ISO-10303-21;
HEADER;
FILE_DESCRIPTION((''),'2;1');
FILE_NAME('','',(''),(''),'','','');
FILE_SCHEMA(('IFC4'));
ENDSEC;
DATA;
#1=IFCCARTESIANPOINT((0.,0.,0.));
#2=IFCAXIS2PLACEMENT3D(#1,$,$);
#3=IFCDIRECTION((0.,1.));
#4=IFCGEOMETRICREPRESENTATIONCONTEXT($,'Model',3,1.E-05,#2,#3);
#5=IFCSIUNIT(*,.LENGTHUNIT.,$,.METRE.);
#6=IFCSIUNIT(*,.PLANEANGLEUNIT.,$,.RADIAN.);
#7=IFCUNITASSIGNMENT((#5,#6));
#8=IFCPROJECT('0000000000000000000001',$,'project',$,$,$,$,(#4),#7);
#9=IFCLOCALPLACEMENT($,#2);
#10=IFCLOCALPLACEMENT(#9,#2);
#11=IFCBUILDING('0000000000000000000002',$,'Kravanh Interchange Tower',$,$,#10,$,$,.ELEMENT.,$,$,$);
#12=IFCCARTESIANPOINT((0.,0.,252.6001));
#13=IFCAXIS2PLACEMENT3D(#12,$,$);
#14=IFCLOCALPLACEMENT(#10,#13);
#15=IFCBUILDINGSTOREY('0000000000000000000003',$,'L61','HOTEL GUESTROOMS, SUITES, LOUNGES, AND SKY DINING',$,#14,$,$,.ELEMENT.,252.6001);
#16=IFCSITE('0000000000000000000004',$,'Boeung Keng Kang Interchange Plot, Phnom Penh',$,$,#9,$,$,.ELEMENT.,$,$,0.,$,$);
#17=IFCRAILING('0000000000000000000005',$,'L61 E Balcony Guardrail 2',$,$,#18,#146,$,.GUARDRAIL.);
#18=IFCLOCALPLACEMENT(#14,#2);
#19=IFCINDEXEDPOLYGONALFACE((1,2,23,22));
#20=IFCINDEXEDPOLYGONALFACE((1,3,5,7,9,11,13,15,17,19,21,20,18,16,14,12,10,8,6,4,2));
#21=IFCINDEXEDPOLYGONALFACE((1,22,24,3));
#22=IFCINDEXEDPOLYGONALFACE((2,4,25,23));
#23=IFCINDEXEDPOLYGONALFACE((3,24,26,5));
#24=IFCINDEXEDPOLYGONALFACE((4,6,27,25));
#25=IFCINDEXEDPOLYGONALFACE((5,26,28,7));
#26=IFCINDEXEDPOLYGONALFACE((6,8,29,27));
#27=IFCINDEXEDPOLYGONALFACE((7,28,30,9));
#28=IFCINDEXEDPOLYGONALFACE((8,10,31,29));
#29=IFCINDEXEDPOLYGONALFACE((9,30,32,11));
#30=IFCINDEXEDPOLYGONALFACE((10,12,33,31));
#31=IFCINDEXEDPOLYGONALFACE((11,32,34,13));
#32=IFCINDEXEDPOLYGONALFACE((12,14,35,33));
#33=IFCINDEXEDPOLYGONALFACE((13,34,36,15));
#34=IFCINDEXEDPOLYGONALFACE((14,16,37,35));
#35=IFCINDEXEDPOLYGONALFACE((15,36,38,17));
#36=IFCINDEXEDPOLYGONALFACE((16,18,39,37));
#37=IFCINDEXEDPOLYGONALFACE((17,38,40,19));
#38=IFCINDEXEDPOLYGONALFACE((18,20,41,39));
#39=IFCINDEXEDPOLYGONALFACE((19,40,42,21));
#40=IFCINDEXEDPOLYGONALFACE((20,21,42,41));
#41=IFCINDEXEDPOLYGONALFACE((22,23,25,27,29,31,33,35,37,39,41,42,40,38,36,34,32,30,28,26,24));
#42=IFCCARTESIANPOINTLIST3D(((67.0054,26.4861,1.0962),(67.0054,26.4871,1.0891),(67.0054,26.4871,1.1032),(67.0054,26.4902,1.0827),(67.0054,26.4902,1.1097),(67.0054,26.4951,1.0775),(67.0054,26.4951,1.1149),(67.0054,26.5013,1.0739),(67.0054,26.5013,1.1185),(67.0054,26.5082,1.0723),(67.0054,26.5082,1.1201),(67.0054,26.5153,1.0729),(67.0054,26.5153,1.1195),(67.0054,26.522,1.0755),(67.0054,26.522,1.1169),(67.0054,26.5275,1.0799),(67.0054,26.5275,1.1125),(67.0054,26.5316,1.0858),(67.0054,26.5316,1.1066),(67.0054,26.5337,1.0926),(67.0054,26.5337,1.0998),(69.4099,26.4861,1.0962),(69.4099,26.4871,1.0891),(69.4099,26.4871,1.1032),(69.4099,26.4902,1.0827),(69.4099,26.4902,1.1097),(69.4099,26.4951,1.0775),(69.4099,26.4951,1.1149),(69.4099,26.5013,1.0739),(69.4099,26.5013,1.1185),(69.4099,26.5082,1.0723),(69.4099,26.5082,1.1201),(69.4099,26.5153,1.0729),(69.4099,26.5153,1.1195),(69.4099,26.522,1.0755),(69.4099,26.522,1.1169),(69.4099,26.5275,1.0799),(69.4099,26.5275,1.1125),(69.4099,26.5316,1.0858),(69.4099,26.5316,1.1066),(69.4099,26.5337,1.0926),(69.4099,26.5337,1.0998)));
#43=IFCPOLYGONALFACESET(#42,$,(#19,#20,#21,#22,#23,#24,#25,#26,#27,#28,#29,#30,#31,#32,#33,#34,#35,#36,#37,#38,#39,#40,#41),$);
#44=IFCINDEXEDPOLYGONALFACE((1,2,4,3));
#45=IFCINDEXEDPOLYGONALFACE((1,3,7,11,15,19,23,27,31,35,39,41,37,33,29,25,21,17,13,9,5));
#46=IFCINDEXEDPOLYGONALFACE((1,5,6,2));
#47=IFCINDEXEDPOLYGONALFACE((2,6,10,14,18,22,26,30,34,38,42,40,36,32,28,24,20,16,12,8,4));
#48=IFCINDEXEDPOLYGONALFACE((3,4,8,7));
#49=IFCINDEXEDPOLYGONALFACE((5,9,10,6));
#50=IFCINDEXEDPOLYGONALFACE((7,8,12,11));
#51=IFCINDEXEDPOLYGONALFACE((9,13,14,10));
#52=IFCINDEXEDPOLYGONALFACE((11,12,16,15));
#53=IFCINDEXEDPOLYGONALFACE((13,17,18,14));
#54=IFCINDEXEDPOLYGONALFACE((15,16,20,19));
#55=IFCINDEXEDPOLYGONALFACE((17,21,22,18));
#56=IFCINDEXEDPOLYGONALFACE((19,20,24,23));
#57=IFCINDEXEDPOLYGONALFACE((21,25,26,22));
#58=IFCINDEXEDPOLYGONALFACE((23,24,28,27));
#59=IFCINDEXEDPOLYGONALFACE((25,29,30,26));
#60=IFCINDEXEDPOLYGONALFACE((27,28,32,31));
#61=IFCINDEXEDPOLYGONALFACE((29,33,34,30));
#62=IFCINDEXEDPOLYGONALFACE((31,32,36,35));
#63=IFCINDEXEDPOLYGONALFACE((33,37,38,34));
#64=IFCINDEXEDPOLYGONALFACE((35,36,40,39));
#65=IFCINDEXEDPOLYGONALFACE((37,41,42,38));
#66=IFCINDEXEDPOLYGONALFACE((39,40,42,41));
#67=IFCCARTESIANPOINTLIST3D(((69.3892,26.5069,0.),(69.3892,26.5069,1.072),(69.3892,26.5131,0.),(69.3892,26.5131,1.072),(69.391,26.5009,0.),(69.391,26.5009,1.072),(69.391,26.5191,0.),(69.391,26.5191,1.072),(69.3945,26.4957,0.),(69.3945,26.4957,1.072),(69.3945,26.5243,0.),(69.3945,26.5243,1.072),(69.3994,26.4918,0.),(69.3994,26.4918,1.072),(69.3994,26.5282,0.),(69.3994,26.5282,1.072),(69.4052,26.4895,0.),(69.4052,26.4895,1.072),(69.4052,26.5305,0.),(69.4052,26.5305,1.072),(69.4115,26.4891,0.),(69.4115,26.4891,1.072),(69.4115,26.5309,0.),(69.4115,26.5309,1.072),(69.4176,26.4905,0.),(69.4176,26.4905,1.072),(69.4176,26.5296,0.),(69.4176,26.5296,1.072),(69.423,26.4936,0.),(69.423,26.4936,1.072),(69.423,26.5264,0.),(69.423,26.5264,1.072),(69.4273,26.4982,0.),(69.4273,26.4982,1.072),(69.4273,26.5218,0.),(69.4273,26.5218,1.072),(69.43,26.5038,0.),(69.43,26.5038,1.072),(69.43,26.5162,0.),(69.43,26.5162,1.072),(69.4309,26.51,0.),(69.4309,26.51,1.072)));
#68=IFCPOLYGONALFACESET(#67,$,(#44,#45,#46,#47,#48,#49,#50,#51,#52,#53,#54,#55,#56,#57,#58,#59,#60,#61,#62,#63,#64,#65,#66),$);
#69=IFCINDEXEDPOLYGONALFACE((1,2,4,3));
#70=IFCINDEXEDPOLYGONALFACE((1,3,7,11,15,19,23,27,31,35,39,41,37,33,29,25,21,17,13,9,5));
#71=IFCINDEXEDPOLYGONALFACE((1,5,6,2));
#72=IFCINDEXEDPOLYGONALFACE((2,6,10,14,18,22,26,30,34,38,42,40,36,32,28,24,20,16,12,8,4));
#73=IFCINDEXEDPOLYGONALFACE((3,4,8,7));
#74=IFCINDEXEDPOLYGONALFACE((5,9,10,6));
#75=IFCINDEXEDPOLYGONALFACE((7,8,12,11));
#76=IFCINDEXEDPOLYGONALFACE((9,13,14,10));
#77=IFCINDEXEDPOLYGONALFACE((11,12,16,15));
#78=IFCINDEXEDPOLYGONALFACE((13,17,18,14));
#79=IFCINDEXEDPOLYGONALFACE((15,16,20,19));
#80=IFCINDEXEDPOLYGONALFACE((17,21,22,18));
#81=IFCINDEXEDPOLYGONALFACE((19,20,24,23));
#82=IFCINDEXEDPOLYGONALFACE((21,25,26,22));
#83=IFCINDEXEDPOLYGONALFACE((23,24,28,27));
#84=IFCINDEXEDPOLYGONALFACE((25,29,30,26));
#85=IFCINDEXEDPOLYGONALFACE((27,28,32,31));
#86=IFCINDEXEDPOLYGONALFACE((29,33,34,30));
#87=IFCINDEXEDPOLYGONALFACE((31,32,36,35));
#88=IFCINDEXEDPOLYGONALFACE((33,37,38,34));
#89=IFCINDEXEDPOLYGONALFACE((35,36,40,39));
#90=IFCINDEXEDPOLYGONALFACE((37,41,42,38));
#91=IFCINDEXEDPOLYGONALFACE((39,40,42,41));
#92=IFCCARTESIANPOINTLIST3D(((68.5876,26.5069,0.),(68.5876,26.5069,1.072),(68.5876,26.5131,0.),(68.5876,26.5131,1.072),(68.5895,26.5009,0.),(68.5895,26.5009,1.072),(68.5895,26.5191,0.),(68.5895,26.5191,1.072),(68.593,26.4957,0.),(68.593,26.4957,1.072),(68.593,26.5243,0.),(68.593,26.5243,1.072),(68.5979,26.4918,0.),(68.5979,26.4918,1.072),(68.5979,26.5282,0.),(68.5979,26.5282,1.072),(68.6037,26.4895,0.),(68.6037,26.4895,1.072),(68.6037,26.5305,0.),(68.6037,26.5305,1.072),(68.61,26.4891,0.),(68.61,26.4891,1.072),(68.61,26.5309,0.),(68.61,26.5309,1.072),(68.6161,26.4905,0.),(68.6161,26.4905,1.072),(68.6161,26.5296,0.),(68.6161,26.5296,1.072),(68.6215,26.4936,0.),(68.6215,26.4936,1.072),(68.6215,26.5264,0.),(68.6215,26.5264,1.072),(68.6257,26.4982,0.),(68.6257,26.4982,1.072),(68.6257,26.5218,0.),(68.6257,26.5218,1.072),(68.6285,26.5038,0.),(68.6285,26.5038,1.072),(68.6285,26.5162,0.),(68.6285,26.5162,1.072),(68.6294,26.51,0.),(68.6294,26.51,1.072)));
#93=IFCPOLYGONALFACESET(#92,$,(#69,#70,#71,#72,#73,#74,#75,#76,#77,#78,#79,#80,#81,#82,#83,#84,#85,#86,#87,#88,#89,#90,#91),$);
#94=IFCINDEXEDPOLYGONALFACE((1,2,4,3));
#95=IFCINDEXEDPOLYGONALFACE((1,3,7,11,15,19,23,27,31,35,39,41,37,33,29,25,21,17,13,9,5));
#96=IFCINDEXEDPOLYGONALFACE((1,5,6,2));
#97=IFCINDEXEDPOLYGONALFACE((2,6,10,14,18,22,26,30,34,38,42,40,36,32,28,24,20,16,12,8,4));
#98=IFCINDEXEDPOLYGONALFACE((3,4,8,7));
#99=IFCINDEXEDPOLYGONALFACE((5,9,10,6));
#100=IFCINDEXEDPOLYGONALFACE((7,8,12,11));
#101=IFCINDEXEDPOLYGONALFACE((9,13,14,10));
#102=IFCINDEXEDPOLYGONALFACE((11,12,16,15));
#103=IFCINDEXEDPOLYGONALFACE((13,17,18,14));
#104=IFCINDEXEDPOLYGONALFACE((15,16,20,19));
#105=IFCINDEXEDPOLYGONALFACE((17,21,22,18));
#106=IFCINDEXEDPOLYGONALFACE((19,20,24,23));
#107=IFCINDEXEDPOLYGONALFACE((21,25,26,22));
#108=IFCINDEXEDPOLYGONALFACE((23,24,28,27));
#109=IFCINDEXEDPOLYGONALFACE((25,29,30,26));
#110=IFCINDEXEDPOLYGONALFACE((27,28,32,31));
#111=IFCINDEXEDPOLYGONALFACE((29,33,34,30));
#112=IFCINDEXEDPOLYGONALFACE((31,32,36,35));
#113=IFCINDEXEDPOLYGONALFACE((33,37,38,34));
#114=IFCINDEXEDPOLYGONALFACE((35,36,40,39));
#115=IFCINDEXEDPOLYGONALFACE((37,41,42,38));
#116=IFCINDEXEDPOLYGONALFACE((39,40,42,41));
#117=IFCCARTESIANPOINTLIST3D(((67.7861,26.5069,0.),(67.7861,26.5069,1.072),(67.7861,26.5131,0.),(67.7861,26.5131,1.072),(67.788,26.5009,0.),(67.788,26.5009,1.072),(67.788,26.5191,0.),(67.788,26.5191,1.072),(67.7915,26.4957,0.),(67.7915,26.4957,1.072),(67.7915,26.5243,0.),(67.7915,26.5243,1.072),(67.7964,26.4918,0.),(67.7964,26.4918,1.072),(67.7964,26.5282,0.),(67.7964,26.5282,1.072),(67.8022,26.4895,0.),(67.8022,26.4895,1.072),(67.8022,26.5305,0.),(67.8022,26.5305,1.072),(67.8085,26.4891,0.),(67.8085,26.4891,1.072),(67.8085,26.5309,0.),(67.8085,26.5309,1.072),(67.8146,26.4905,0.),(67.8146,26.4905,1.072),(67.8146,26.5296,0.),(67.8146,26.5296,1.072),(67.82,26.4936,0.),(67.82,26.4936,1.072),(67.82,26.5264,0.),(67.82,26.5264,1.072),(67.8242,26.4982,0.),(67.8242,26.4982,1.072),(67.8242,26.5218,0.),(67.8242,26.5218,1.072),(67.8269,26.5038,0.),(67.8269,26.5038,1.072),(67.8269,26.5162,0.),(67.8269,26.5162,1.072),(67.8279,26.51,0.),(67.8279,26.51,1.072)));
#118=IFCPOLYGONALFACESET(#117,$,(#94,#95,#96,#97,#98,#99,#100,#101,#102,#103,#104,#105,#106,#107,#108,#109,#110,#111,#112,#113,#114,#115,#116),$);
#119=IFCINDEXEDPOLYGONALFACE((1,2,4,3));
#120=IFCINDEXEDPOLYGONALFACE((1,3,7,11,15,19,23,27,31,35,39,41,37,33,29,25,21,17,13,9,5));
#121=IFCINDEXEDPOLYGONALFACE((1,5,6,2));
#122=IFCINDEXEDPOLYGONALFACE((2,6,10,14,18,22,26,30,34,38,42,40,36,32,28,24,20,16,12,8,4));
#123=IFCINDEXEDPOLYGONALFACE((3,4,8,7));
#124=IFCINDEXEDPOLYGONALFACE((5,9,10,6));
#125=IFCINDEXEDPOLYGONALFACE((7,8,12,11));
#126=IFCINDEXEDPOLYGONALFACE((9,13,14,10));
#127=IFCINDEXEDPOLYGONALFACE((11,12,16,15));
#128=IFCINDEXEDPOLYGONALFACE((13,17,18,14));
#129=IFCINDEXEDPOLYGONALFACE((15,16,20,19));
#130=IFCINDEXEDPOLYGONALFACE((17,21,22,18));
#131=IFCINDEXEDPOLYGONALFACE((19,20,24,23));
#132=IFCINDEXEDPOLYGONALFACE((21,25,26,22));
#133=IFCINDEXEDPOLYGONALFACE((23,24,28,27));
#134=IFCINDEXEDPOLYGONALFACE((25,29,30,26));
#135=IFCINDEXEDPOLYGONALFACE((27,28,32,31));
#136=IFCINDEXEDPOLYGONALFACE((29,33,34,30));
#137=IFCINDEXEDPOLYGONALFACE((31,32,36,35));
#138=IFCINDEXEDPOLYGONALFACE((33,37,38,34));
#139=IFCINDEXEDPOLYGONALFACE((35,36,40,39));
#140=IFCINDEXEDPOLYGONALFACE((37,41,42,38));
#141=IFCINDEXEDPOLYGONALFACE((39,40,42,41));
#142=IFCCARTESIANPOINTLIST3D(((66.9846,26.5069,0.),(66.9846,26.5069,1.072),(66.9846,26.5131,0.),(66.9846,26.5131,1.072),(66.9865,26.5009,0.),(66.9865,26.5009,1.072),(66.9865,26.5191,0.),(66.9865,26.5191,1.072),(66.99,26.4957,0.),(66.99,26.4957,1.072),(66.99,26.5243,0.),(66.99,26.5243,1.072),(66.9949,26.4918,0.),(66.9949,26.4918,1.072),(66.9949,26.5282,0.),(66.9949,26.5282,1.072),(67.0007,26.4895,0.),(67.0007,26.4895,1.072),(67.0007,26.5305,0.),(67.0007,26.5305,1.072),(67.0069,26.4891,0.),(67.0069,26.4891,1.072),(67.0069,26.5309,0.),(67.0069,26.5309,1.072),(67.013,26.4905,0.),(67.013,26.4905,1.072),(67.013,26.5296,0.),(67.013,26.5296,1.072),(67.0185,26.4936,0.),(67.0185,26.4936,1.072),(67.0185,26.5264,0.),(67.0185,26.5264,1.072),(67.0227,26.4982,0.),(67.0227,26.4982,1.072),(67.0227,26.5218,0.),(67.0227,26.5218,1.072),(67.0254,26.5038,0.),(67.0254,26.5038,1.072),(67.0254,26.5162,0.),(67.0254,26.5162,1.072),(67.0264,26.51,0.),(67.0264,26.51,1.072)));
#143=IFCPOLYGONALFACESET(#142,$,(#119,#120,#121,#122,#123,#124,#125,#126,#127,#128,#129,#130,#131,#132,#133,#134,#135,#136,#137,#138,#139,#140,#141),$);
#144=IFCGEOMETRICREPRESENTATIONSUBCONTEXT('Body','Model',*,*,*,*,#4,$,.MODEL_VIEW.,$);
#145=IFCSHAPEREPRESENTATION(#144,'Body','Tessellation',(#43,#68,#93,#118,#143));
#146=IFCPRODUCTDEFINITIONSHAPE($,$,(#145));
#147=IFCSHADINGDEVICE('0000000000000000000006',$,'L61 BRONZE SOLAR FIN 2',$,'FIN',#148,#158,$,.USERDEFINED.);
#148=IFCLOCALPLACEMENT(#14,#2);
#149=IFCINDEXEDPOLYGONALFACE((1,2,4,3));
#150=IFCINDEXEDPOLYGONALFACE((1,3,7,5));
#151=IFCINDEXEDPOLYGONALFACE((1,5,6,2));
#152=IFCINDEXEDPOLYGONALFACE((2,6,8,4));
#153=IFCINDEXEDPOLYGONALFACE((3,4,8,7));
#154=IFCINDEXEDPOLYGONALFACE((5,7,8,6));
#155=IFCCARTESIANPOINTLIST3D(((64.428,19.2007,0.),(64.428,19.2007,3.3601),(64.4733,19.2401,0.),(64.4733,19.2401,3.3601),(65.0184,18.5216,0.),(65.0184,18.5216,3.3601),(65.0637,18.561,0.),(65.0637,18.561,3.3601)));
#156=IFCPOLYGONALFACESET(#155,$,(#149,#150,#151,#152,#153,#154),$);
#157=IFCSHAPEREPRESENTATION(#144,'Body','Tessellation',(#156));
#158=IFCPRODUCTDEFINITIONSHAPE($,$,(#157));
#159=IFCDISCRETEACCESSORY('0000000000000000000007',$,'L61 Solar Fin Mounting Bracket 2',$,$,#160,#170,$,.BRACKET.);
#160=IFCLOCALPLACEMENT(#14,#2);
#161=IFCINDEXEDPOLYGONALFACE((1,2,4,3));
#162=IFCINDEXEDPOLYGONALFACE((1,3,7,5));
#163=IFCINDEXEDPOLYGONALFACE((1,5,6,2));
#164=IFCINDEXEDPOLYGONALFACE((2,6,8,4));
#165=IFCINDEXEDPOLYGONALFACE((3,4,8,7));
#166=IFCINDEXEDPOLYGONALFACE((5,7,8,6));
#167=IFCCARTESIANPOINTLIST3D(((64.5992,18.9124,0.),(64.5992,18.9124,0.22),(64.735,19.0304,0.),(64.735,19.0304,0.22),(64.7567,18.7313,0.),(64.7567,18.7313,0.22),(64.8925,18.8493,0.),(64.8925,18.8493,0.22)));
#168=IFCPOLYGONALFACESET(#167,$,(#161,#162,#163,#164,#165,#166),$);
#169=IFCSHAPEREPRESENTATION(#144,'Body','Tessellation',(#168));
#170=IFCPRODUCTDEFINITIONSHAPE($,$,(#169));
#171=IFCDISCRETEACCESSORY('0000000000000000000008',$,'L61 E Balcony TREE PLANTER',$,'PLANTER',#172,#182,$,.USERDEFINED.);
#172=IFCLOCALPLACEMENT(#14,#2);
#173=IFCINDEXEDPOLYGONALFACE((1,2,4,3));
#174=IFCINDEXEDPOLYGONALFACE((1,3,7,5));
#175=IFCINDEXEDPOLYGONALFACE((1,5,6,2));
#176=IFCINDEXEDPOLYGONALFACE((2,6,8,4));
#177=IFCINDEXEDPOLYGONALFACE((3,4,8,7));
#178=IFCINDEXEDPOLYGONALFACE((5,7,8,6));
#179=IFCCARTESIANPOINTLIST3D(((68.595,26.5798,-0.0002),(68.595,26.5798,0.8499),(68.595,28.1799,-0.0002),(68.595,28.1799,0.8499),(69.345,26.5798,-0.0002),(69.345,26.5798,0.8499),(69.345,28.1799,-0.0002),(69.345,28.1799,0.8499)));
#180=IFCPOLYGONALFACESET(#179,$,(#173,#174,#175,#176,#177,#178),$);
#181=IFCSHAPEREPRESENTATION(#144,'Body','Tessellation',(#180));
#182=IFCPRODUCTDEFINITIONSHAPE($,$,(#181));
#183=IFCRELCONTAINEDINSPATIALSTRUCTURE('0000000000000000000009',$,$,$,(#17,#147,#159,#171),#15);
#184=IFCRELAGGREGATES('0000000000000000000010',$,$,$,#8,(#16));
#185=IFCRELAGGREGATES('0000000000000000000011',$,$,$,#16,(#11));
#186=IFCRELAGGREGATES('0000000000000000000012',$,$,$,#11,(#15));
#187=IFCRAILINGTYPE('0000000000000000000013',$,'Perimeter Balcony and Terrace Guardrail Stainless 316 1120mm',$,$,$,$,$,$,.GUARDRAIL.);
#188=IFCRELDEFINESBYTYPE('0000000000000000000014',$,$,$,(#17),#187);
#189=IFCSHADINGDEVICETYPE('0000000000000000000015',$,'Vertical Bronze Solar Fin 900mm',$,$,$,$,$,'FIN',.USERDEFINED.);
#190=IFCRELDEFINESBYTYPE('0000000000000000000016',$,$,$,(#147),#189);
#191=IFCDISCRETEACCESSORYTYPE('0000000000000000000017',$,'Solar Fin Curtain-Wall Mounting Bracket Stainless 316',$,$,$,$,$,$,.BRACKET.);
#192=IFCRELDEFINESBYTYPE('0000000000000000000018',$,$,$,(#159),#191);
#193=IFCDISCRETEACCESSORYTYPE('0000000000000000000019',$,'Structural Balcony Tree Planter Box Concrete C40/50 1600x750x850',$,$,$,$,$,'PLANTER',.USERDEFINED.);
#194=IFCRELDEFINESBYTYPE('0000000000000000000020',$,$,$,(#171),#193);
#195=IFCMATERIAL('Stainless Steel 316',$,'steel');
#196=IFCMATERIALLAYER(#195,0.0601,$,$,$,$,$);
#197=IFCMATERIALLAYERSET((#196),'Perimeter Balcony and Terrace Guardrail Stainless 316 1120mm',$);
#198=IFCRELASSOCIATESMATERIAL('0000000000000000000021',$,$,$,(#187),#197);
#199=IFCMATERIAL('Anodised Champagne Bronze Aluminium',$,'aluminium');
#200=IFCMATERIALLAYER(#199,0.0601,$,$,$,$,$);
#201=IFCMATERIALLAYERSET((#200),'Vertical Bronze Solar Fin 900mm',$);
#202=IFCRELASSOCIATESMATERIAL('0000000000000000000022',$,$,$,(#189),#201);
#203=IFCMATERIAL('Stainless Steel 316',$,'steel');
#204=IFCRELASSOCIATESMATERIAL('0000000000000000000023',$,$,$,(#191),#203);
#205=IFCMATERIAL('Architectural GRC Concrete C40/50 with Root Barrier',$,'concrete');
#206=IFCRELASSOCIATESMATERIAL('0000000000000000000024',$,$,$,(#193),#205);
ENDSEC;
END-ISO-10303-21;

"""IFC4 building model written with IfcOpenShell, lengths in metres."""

from ifc_helpers import new_model, si_unit, direction, frame, origin, origin_2d, place, context, subcontext, project, spatial, rectangle, circle, extrude, material, layer, layer_set, type_object, element, save


model = new_model("IFC4")

# Units and contexts
model_context = context("Model", 3, precision=1e-05, world=origin(), true_north=direction((0.0, 1.0)))
body_context = subcontext(model_context, "Body", "Model", "MODEL_VIEW")
ifc_project = project(units=[si_unit("LENGTHUNIT", "METRE"), si_unit("PLANEANGLEUNIT", "RADIAN")], contexts=[model_context])

# Site, building, storey
site_placement = place(None, origin())
site = spatial("IfcSite", under=ifc_project, at=site_placement, Name="Boeung Keng Kang Interchange Plot, Phnom Penh", CompositionType="ELEMENT", RefElevation=0.0)
building_placement = place(site_placement, origin())
building = spatial("IfcBuilding", under=site, at=building_placement, Name="Kravanh Interchange Tower", CompositionType="ELEMENT")
storey_placement = place(building_placement, frame((0.0, 0.0, 252.6001)))
storey = spatial("IfcBuildingStorey", under=building, at=storey_placement, Name="L61", Description="HOTEL GUESTROOMS, SUITES, LOUNGES, AND SKY DINING", CompositionType="ELEMENT", Elevation=252.6001)

# Railing
ifc_material_1 = material(Name="Stainless Steel 316", Category="steel")
ifc_layer_1 = layer(ifc_material_1, 0.0601)
ifc_layer_set_1 = layer_set([ifc_layer_1], Name="Perimeter Balcony and Terrace Guardrail Stainless 316 1120mm")
railing_type = type_object("IfcRailingType", Name="Perimeter Balcony and Terrace Guardrail Stainless 316 1120mm", PredefinedType="GUARDRAIL", material=ifc_layer_set_1)
railing_placement = place(storey_placement, frame((69.4099, 26.51, 0.0)))
element("IfcRailing", 1, at=railing_placement, inside=storey, type_object=railing_type, Name="L61 E Balcony Guardrail 2", PredefinedType="GUARDRAIL", context=body_context, shape_type="SweptSolid", body=[
    extrude(circle(Radius=0.0239, at=origin_2d()), frame((0.0, 0.0, 1.0962), z_axis=(-1.0, 0.0, 0.0), x_axis=(0.0, -1.0, 0.0)), (0.0, 0.0, 1.0), 2.4045),
    extrude(circle(Radius=0.021, at=origin_2d()), origin(), (0.0, 0.0, 1.0), 1.072),
    extrude(circle(Radius=0.021, at=origin_2d()), frame((-0.8015, 0.0, 0.0)), (0.0, 0.0, 1.0), 1.072),
    extrude(circle(Radius=0.021, at=origin_2d()), frame((-1.603, 0.0, 0.0)), (0.0, 0.0, 1.0), 1.072),
    extrude(circle(Radius=0.021, at=origin_2d()), frame((-2.4045, 0.0, 0.0)), (0.0, 0.0, 1.0), 1.072),
])

# Shading device
ifc_material_2 = material(Name="Anodised Champagne Bronze Aluminium", Category="aluminium")
ifc_layer_2 = layer(ifc_material_2, 0.0601)
ifc_layer_set_2 = layer_set([ifc_layer_2], Name="Vertical Bronze Solar Fin 900mm")
shading_device_type_1 = type_object("IfcShadingDeviceType", Name="Vertical Bronze Solar Fin 900mm", ElementType="FIN", PredefinedType="USERDEFINED", material=ifc_layer_set_2)
shading_device_1_placement = place(storey_placement, frame((64.7458, 18.8809, 0.0), z_axis=(0.0, 0.0, 1.0), x_axis=(0.65606, -0.754709, 0.0)))
element("IfcShadingDevice", 2, at=shading_device_1_placement, inside=storey, type_object=shading_device_type_1, Name="L61 BRONZE SOLAR FIN 2", ObjectType="FIN", PredefinedType="USERDEFINED", context=body_context, shape_type="SweptSolid", body=[
    extrude(rectangle(XDim=0.8999, YDim=0.0601, at=origin_2d()), origin(), (0.0, 0.0, 1.0), 3.3601),
])

# Discrete accessories
ifc_material_3 = material(Name="Stainless Steel 316", Category="steel")
discrete_accessory_type_1 = type_object("IfcDiscreteAccessoryType", Name="Solar Fin Curtain-Wall Mounting Bracket Stainless 316", PredefinedType="BRACKET", material=ifc_material_3)
discrete_accessory_1_placement = place(storey_placement, frame((64.7458, 18.8809, 0.0), z_axis=(0.0, 0.0, 1.0), x_axis=(0.65606, -0.754709, 0.0)))
element("IfcDiscreteAccessory", 3, at=discrete_accessory_1_placement, inside=storey, type_object=discrete_accessory_type_1, Name="L61 Solar Fin Mounting Bracket 2", PredefinedType="BRACKET", context=body_context, shape_type="SweptSolid", body=[
    extrude(rectangle(XDim=0.24, YDim=0.1799, at=origin_2d()), origin(), (0.0, 0.0, 1.0), 0.22),
])
ifc_material_4 = material(Name="Architectural GRC Concrete C40/50 with Root Barrier", Category="concrete")
discrete_accessory_type_2 = type_object("IfcDiscreteAccessoryType", Name="Structural Balcony Tree Planter Box Concrete C40/50 1600x750x850", ElementType="PLANTER", PredefinedType="USERDEFINED", material=ifc_material_4)
discrete_accessory_2_placement = place(storey_placement, frame((68.97, 27.3799, -0.0002), z_axis=(0.0, 0.0, 1.0), x_axis=(1.0, 0.0, 0.0)))
element("IfcDiscreteAccessory", 4, at=discrete_accessory_2_placement, inside=storey, type_object=discrete_accessory_type_2, Name="L61 E Balcony TREE PLANTER", ObjectType="PLANTER", PredefinedType="USERDEFINED", context=body_context, shape_type="SweptSolid", body=[
    extrude(rectangle(XDim=0.75, YDim=1.6001, at=origin_2d()), origin(), (0.0, 0.0, 1.0), 0.8501),
])

save(model, "model.ifc")
